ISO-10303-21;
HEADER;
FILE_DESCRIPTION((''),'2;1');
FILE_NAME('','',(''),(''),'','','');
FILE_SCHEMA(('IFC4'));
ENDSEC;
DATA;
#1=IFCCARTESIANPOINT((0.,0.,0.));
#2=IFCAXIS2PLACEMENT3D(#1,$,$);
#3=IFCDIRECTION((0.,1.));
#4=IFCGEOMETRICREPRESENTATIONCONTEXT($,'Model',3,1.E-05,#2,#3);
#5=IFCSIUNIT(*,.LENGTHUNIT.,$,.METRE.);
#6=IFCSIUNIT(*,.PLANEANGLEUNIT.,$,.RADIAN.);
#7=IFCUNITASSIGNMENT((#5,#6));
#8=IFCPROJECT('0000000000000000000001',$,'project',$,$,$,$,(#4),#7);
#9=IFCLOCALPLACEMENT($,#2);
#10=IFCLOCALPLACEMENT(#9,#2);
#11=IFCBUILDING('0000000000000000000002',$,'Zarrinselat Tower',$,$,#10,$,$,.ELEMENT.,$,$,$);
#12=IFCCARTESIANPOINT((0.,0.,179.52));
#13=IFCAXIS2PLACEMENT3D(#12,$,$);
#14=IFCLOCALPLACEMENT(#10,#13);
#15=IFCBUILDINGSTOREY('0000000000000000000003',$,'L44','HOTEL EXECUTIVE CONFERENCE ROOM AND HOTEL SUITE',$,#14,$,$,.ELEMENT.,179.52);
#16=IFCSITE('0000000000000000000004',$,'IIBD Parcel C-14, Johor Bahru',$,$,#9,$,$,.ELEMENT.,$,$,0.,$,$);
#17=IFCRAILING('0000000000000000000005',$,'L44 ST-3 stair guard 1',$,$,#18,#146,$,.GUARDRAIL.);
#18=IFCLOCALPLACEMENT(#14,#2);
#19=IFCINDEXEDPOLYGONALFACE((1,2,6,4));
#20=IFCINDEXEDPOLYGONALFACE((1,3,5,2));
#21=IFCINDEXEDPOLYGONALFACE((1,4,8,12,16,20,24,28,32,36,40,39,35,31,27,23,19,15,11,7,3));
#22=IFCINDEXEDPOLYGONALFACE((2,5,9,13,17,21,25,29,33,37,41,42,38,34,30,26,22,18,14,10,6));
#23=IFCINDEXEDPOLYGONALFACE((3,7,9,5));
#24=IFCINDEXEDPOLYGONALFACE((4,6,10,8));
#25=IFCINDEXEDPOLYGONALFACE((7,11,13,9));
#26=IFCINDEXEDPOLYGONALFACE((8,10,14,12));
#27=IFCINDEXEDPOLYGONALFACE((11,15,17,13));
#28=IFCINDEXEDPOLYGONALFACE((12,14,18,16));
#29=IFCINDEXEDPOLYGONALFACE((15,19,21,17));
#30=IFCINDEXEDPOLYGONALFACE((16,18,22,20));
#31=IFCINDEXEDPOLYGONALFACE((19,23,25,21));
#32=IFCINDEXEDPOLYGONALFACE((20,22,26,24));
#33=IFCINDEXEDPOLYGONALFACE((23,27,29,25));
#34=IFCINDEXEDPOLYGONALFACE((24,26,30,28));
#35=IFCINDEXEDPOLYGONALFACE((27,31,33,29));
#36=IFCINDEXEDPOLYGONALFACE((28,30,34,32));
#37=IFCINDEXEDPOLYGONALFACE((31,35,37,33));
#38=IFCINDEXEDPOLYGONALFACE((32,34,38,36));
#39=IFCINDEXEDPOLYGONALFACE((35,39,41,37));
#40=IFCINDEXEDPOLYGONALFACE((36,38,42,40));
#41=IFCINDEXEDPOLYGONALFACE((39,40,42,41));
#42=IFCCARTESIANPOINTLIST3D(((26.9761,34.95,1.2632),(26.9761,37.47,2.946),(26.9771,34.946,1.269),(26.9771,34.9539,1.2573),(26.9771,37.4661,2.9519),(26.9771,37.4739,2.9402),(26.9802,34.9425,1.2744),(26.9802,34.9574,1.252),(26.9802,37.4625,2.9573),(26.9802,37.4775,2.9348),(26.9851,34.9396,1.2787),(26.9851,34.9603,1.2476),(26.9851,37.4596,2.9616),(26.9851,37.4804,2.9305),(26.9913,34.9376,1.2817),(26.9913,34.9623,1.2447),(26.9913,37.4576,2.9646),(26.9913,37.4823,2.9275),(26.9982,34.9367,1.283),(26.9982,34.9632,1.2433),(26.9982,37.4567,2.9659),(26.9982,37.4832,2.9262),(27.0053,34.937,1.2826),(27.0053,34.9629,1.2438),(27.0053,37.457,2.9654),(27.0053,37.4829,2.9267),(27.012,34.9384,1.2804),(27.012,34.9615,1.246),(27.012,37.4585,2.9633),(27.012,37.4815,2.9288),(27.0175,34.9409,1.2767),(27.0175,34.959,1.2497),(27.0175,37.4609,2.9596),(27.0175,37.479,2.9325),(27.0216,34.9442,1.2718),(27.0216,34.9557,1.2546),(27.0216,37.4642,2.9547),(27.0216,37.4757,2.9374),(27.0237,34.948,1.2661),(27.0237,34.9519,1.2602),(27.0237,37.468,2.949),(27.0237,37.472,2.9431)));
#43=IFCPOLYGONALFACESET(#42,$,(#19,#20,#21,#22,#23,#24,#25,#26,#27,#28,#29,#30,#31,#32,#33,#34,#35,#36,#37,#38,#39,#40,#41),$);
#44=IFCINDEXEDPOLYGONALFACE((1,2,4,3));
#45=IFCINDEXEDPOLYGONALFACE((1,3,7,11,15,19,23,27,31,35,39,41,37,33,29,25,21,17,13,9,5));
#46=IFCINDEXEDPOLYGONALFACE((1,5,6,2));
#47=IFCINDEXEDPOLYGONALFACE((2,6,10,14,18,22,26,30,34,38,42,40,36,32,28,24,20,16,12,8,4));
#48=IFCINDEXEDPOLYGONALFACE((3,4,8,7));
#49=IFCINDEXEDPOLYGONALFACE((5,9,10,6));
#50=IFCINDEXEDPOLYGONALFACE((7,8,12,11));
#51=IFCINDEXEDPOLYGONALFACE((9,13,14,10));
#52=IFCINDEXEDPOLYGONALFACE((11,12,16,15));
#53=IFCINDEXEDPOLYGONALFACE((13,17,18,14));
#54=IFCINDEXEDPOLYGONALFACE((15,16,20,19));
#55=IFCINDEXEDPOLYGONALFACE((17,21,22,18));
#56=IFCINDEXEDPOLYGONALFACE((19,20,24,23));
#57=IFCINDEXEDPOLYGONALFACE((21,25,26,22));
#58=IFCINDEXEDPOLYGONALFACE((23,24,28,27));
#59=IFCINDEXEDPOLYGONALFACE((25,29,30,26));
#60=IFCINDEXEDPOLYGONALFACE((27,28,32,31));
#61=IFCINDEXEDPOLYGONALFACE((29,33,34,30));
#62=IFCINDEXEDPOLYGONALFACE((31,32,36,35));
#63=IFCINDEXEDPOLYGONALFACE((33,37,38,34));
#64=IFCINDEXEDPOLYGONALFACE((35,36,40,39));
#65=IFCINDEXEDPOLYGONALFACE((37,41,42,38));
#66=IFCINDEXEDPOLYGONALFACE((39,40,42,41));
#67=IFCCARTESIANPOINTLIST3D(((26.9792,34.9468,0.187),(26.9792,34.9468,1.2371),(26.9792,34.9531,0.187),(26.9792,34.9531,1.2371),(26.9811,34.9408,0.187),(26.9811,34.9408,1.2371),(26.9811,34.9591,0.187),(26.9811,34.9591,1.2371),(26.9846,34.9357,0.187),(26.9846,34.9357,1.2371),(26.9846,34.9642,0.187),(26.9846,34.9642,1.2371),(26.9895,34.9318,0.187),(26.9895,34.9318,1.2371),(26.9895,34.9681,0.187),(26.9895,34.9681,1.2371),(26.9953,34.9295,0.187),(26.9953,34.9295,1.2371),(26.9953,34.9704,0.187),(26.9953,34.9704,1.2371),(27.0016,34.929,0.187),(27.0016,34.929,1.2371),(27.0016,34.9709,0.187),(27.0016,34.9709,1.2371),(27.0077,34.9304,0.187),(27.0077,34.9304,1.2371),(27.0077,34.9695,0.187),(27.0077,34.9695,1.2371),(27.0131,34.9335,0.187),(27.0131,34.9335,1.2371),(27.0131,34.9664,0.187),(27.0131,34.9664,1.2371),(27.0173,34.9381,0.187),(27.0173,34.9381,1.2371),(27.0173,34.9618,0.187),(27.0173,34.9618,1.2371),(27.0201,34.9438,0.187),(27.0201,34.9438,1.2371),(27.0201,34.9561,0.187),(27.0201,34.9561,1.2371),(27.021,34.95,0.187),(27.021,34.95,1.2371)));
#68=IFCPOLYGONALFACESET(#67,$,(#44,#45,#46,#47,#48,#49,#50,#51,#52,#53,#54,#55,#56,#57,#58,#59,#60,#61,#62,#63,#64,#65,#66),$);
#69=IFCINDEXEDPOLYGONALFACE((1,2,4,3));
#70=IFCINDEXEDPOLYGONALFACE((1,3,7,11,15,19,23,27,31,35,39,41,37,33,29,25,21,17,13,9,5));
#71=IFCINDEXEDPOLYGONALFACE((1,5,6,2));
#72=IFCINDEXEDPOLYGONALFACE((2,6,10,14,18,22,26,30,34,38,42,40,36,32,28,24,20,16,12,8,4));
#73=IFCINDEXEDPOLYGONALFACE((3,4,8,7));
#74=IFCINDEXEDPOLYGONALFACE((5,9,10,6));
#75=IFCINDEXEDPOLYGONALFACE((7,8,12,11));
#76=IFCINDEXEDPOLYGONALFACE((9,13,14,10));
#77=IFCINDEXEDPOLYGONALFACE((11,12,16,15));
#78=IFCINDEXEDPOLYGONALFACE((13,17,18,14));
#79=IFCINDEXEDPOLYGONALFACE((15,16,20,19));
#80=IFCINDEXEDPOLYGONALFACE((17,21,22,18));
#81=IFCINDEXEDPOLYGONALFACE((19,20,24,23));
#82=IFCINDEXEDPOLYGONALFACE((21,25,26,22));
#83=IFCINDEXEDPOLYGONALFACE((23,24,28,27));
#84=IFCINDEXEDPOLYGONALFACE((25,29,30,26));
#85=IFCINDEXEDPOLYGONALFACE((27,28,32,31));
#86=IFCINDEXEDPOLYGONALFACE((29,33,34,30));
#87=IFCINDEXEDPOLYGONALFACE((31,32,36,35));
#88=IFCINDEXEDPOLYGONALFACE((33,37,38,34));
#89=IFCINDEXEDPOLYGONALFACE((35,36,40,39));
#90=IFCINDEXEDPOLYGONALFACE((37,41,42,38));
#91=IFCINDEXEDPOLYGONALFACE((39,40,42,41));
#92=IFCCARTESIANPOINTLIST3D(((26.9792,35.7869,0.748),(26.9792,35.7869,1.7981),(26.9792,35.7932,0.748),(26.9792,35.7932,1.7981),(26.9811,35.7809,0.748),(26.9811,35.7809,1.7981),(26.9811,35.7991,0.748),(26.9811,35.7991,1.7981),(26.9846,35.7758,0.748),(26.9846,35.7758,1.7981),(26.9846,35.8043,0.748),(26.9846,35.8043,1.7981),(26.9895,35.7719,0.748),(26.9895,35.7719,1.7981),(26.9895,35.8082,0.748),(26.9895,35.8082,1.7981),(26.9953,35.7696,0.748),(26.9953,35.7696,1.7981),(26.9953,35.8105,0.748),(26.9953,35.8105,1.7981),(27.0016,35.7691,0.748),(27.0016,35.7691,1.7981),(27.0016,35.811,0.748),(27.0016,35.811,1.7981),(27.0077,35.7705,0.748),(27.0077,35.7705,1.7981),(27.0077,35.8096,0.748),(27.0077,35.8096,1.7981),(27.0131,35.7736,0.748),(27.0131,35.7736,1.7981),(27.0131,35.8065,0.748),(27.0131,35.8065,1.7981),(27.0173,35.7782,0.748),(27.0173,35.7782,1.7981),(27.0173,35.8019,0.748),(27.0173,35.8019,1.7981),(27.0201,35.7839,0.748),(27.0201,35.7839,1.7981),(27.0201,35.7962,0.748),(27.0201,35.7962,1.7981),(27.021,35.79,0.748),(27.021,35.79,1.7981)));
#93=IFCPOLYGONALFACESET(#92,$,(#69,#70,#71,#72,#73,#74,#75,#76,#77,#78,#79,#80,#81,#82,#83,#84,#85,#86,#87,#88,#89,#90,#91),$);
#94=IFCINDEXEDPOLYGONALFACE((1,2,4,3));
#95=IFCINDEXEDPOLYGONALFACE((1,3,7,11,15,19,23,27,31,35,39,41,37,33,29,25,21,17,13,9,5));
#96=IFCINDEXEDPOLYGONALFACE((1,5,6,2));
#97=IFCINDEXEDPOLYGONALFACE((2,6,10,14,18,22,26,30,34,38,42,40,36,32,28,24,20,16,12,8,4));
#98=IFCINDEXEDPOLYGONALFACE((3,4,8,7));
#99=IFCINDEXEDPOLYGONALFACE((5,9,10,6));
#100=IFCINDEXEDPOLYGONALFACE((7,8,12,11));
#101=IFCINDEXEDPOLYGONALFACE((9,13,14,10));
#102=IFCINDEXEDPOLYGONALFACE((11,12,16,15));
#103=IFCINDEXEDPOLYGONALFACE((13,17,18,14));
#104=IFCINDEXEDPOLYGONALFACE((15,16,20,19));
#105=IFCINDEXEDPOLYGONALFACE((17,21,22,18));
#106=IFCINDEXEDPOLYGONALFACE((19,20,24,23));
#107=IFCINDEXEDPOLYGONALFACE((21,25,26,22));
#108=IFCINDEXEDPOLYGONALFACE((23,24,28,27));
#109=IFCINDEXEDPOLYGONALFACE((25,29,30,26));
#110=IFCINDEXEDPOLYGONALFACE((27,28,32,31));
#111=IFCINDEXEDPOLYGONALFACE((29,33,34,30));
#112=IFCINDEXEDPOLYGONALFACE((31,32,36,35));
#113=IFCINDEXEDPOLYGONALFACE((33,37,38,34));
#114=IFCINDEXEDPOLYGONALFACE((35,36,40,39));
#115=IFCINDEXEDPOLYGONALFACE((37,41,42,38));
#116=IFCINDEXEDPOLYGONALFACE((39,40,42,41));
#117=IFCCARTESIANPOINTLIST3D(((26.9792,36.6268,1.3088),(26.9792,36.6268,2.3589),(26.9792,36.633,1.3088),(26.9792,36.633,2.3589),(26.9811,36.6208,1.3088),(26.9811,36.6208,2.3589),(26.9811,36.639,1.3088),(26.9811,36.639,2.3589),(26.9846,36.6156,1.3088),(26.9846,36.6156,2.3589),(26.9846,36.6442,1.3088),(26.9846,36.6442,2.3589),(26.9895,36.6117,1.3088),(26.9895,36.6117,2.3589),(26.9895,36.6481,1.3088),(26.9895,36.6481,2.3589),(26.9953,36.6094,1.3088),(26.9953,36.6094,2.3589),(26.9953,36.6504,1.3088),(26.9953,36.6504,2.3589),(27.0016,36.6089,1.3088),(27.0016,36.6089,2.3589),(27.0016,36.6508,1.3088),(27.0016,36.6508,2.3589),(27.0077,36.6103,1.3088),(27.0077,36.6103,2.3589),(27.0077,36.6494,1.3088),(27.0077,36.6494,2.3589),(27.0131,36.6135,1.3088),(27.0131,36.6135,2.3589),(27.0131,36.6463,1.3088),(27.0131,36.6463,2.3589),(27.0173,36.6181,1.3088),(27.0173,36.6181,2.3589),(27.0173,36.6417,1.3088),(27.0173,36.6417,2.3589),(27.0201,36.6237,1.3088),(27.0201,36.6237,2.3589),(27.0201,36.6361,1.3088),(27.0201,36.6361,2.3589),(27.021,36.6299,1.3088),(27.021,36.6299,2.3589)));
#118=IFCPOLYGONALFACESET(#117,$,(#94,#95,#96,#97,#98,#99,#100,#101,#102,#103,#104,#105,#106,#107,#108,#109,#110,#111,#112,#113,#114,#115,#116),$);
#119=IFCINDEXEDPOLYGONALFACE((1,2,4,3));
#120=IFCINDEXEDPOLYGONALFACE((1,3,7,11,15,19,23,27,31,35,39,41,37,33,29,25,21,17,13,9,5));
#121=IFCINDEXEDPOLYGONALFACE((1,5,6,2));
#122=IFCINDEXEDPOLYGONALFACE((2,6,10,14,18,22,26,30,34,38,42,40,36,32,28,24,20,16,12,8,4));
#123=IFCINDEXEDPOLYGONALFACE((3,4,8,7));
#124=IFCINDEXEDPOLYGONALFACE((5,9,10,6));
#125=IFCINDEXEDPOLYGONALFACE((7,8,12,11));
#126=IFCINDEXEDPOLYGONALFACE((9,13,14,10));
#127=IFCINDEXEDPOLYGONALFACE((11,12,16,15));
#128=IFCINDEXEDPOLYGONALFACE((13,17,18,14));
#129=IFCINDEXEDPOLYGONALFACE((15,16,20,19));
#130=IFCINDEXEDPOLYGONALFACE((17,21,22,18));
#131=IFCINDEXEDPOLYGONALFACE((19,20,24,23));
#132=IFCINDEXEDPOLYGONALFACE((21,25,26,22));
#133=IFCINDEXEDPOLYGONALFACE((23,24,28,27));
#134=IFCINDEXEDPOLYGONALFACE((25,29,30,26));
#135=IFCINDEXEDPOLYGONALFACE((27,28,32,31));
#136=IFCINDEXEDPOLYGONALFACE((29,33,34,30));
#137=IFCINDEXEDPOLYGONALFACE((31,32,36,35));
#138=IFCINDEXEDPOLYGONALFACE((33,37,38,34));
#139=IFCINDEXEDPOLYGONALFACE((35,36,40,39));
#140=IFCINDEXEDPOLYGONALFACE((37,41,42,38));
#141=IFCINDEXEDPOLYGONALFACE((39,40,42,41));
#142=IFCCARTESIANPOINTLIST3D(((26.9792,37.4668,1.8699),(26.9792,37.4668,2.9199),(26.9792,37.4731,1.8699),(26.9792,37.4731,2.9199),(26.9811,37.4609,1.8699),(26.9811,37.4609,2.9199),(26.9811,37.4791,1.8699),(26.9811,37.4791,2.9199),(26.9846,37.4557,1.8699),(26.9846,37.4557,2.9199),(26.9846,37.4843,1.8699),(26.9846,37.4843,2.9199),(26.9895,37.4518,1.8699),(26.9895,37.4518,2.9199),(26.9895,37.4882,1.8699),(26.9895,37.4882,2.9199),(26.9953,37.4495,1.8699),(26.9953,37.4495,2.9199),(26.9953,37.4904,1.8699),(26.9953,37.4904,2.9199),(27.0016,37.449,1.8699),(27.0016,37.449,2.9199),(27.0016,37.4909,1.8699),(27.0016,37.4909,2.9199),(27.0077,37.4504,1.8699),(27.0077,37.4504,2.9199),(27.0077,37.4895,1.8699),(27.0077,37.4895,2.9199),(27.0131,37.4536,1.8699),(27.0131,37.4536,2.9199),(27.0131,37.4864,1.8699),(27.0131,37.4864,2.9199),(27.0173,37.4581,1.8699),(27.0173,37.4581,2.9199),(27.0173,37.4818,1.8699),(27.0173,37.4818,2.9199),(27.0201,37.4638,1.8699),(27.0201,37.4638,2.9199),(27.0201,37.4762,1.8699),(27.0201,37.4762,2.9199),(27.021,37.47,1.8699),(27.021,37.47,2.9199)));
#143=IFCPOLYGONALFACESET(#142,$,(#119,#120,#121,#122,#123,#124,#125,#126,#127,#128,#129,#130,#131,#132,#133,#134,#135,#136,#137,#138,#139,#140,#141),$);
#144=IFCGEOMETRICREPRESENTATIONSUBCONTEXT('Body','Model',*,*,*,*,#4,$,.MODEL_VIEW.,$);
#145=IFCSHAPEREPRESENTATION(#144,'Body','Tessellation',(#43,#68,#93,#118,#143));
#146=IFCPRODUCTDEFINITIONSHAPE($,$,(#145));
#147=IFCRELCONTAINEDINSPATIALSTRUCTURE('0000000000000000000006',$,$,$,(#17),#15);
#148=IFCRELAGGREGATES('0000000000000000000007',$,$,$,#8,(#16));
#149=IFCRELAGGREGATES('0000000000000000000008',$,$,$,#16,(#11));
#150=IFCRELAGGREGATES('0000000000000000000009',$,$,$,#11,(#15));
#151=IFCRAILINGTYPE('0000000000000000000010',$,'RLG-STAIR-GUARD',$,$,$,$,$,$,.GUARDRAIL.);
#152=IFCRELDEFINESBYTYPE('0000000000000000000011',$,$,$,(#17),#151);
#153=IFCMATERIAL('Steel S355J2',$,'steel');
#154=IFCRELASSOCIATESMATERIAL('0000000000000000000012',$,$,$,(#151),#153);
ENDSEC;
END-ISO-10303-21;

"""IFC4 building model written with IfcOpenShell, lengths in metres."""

from ifc_helpers import new_model, si_unit, direction, frame, origin, origin_2d, place, context, subcontext, project, spatial, circle, extrude, material, type_object, element, save


model = new_model("IFC4")

# Units and contexts
model_context = context("Model", 3, precision=1e-05, world=origin(), true_north=direction((0.0, 1.0)))
body_context = subcontext(model_context, "Body", "Model", "MODEL_VIEW")
ifc_project = project(units=[si_unit("LENGTHUNIT", "METRE"), si_unit("PLANEANGLEUNIT", "RADIAN")], contexts=[model_context])

# Site, building, storey
site_placement = place(None, origin())
site = spatial("IfcSite", under=ifc_project, at=site_placement, Name="IIBD Parcel C-14, Johor Bahru", CompositionType="ELEMENT", RefElevation=0.0)
building_placement = place(site_placement, origin())
building = spatial("IfcBuilding", under=site, at=building_placement, Name="Zarrinselat Tower", CompositionType="ELEMENT")
storey_placement = place(building_placement, frame((0.0, 0.0, 179.52)))
storey = spatial("IfcBuildingStorey", under=building, at=storey_placement, Name="L44", Description="HOTEL EXECUTIVE CONFERENCE ROOM AND HOTEL SUITE", CompositionType="ELEMENT", Elevation=179.52)

# Railing
ifc_material_1 = material(Name="Steel S355J2", Category="steel")
railing_type = type_object("IfcRailingType", Name="RLG-STAIR-GUARD", PredefinedType="GUARDRAIL", material=ifc_material_1)
railing_1_placement = place(storey_placement, frame((27.0, 34.95, 0.187)))
element("IfcRailing", 1, at=railing_1_placement, inside=storey, type_object=railing_type, Name="L44 ST-3 stair guard 1", PredefinedType="GUARDRAIL", context=body_context, shape_type="SweptSolid", body=[
    extrude(circle(Radius=0.0239, at=origin_2d()), frame((0.0, 0.0, 1.0762), z_axis=(0.0, 0.831616, 0.555351), x_axis=(-1.0, 0.0, 0.0)), (0.0, 0.0, 1.0), 3.0303),
    extrude(circle(Radius=0.021, at=origin_2d()), origin(), (0.0, 0.0, 1.0), 1.05),
    extrude(circle(Radius=0.021, at=origin_2d()), frame((0.0, 0.8401, 0.561)), (0.0, 0.0, 1.0), 1.05),
    extrude(circle(Radius=0.021, at=origin_2d()), frame((0.0, 1.6799, 1.1218)), (0.0, 0.0, 1.0), 1.05),
    extrude(circle(Radius=0.021, at=origin_2d()), frame((0.0, 2.52, 1.6829)), (0.0, 0.0, 1.0), 1.05),
])

save(model, "model.ifc")
